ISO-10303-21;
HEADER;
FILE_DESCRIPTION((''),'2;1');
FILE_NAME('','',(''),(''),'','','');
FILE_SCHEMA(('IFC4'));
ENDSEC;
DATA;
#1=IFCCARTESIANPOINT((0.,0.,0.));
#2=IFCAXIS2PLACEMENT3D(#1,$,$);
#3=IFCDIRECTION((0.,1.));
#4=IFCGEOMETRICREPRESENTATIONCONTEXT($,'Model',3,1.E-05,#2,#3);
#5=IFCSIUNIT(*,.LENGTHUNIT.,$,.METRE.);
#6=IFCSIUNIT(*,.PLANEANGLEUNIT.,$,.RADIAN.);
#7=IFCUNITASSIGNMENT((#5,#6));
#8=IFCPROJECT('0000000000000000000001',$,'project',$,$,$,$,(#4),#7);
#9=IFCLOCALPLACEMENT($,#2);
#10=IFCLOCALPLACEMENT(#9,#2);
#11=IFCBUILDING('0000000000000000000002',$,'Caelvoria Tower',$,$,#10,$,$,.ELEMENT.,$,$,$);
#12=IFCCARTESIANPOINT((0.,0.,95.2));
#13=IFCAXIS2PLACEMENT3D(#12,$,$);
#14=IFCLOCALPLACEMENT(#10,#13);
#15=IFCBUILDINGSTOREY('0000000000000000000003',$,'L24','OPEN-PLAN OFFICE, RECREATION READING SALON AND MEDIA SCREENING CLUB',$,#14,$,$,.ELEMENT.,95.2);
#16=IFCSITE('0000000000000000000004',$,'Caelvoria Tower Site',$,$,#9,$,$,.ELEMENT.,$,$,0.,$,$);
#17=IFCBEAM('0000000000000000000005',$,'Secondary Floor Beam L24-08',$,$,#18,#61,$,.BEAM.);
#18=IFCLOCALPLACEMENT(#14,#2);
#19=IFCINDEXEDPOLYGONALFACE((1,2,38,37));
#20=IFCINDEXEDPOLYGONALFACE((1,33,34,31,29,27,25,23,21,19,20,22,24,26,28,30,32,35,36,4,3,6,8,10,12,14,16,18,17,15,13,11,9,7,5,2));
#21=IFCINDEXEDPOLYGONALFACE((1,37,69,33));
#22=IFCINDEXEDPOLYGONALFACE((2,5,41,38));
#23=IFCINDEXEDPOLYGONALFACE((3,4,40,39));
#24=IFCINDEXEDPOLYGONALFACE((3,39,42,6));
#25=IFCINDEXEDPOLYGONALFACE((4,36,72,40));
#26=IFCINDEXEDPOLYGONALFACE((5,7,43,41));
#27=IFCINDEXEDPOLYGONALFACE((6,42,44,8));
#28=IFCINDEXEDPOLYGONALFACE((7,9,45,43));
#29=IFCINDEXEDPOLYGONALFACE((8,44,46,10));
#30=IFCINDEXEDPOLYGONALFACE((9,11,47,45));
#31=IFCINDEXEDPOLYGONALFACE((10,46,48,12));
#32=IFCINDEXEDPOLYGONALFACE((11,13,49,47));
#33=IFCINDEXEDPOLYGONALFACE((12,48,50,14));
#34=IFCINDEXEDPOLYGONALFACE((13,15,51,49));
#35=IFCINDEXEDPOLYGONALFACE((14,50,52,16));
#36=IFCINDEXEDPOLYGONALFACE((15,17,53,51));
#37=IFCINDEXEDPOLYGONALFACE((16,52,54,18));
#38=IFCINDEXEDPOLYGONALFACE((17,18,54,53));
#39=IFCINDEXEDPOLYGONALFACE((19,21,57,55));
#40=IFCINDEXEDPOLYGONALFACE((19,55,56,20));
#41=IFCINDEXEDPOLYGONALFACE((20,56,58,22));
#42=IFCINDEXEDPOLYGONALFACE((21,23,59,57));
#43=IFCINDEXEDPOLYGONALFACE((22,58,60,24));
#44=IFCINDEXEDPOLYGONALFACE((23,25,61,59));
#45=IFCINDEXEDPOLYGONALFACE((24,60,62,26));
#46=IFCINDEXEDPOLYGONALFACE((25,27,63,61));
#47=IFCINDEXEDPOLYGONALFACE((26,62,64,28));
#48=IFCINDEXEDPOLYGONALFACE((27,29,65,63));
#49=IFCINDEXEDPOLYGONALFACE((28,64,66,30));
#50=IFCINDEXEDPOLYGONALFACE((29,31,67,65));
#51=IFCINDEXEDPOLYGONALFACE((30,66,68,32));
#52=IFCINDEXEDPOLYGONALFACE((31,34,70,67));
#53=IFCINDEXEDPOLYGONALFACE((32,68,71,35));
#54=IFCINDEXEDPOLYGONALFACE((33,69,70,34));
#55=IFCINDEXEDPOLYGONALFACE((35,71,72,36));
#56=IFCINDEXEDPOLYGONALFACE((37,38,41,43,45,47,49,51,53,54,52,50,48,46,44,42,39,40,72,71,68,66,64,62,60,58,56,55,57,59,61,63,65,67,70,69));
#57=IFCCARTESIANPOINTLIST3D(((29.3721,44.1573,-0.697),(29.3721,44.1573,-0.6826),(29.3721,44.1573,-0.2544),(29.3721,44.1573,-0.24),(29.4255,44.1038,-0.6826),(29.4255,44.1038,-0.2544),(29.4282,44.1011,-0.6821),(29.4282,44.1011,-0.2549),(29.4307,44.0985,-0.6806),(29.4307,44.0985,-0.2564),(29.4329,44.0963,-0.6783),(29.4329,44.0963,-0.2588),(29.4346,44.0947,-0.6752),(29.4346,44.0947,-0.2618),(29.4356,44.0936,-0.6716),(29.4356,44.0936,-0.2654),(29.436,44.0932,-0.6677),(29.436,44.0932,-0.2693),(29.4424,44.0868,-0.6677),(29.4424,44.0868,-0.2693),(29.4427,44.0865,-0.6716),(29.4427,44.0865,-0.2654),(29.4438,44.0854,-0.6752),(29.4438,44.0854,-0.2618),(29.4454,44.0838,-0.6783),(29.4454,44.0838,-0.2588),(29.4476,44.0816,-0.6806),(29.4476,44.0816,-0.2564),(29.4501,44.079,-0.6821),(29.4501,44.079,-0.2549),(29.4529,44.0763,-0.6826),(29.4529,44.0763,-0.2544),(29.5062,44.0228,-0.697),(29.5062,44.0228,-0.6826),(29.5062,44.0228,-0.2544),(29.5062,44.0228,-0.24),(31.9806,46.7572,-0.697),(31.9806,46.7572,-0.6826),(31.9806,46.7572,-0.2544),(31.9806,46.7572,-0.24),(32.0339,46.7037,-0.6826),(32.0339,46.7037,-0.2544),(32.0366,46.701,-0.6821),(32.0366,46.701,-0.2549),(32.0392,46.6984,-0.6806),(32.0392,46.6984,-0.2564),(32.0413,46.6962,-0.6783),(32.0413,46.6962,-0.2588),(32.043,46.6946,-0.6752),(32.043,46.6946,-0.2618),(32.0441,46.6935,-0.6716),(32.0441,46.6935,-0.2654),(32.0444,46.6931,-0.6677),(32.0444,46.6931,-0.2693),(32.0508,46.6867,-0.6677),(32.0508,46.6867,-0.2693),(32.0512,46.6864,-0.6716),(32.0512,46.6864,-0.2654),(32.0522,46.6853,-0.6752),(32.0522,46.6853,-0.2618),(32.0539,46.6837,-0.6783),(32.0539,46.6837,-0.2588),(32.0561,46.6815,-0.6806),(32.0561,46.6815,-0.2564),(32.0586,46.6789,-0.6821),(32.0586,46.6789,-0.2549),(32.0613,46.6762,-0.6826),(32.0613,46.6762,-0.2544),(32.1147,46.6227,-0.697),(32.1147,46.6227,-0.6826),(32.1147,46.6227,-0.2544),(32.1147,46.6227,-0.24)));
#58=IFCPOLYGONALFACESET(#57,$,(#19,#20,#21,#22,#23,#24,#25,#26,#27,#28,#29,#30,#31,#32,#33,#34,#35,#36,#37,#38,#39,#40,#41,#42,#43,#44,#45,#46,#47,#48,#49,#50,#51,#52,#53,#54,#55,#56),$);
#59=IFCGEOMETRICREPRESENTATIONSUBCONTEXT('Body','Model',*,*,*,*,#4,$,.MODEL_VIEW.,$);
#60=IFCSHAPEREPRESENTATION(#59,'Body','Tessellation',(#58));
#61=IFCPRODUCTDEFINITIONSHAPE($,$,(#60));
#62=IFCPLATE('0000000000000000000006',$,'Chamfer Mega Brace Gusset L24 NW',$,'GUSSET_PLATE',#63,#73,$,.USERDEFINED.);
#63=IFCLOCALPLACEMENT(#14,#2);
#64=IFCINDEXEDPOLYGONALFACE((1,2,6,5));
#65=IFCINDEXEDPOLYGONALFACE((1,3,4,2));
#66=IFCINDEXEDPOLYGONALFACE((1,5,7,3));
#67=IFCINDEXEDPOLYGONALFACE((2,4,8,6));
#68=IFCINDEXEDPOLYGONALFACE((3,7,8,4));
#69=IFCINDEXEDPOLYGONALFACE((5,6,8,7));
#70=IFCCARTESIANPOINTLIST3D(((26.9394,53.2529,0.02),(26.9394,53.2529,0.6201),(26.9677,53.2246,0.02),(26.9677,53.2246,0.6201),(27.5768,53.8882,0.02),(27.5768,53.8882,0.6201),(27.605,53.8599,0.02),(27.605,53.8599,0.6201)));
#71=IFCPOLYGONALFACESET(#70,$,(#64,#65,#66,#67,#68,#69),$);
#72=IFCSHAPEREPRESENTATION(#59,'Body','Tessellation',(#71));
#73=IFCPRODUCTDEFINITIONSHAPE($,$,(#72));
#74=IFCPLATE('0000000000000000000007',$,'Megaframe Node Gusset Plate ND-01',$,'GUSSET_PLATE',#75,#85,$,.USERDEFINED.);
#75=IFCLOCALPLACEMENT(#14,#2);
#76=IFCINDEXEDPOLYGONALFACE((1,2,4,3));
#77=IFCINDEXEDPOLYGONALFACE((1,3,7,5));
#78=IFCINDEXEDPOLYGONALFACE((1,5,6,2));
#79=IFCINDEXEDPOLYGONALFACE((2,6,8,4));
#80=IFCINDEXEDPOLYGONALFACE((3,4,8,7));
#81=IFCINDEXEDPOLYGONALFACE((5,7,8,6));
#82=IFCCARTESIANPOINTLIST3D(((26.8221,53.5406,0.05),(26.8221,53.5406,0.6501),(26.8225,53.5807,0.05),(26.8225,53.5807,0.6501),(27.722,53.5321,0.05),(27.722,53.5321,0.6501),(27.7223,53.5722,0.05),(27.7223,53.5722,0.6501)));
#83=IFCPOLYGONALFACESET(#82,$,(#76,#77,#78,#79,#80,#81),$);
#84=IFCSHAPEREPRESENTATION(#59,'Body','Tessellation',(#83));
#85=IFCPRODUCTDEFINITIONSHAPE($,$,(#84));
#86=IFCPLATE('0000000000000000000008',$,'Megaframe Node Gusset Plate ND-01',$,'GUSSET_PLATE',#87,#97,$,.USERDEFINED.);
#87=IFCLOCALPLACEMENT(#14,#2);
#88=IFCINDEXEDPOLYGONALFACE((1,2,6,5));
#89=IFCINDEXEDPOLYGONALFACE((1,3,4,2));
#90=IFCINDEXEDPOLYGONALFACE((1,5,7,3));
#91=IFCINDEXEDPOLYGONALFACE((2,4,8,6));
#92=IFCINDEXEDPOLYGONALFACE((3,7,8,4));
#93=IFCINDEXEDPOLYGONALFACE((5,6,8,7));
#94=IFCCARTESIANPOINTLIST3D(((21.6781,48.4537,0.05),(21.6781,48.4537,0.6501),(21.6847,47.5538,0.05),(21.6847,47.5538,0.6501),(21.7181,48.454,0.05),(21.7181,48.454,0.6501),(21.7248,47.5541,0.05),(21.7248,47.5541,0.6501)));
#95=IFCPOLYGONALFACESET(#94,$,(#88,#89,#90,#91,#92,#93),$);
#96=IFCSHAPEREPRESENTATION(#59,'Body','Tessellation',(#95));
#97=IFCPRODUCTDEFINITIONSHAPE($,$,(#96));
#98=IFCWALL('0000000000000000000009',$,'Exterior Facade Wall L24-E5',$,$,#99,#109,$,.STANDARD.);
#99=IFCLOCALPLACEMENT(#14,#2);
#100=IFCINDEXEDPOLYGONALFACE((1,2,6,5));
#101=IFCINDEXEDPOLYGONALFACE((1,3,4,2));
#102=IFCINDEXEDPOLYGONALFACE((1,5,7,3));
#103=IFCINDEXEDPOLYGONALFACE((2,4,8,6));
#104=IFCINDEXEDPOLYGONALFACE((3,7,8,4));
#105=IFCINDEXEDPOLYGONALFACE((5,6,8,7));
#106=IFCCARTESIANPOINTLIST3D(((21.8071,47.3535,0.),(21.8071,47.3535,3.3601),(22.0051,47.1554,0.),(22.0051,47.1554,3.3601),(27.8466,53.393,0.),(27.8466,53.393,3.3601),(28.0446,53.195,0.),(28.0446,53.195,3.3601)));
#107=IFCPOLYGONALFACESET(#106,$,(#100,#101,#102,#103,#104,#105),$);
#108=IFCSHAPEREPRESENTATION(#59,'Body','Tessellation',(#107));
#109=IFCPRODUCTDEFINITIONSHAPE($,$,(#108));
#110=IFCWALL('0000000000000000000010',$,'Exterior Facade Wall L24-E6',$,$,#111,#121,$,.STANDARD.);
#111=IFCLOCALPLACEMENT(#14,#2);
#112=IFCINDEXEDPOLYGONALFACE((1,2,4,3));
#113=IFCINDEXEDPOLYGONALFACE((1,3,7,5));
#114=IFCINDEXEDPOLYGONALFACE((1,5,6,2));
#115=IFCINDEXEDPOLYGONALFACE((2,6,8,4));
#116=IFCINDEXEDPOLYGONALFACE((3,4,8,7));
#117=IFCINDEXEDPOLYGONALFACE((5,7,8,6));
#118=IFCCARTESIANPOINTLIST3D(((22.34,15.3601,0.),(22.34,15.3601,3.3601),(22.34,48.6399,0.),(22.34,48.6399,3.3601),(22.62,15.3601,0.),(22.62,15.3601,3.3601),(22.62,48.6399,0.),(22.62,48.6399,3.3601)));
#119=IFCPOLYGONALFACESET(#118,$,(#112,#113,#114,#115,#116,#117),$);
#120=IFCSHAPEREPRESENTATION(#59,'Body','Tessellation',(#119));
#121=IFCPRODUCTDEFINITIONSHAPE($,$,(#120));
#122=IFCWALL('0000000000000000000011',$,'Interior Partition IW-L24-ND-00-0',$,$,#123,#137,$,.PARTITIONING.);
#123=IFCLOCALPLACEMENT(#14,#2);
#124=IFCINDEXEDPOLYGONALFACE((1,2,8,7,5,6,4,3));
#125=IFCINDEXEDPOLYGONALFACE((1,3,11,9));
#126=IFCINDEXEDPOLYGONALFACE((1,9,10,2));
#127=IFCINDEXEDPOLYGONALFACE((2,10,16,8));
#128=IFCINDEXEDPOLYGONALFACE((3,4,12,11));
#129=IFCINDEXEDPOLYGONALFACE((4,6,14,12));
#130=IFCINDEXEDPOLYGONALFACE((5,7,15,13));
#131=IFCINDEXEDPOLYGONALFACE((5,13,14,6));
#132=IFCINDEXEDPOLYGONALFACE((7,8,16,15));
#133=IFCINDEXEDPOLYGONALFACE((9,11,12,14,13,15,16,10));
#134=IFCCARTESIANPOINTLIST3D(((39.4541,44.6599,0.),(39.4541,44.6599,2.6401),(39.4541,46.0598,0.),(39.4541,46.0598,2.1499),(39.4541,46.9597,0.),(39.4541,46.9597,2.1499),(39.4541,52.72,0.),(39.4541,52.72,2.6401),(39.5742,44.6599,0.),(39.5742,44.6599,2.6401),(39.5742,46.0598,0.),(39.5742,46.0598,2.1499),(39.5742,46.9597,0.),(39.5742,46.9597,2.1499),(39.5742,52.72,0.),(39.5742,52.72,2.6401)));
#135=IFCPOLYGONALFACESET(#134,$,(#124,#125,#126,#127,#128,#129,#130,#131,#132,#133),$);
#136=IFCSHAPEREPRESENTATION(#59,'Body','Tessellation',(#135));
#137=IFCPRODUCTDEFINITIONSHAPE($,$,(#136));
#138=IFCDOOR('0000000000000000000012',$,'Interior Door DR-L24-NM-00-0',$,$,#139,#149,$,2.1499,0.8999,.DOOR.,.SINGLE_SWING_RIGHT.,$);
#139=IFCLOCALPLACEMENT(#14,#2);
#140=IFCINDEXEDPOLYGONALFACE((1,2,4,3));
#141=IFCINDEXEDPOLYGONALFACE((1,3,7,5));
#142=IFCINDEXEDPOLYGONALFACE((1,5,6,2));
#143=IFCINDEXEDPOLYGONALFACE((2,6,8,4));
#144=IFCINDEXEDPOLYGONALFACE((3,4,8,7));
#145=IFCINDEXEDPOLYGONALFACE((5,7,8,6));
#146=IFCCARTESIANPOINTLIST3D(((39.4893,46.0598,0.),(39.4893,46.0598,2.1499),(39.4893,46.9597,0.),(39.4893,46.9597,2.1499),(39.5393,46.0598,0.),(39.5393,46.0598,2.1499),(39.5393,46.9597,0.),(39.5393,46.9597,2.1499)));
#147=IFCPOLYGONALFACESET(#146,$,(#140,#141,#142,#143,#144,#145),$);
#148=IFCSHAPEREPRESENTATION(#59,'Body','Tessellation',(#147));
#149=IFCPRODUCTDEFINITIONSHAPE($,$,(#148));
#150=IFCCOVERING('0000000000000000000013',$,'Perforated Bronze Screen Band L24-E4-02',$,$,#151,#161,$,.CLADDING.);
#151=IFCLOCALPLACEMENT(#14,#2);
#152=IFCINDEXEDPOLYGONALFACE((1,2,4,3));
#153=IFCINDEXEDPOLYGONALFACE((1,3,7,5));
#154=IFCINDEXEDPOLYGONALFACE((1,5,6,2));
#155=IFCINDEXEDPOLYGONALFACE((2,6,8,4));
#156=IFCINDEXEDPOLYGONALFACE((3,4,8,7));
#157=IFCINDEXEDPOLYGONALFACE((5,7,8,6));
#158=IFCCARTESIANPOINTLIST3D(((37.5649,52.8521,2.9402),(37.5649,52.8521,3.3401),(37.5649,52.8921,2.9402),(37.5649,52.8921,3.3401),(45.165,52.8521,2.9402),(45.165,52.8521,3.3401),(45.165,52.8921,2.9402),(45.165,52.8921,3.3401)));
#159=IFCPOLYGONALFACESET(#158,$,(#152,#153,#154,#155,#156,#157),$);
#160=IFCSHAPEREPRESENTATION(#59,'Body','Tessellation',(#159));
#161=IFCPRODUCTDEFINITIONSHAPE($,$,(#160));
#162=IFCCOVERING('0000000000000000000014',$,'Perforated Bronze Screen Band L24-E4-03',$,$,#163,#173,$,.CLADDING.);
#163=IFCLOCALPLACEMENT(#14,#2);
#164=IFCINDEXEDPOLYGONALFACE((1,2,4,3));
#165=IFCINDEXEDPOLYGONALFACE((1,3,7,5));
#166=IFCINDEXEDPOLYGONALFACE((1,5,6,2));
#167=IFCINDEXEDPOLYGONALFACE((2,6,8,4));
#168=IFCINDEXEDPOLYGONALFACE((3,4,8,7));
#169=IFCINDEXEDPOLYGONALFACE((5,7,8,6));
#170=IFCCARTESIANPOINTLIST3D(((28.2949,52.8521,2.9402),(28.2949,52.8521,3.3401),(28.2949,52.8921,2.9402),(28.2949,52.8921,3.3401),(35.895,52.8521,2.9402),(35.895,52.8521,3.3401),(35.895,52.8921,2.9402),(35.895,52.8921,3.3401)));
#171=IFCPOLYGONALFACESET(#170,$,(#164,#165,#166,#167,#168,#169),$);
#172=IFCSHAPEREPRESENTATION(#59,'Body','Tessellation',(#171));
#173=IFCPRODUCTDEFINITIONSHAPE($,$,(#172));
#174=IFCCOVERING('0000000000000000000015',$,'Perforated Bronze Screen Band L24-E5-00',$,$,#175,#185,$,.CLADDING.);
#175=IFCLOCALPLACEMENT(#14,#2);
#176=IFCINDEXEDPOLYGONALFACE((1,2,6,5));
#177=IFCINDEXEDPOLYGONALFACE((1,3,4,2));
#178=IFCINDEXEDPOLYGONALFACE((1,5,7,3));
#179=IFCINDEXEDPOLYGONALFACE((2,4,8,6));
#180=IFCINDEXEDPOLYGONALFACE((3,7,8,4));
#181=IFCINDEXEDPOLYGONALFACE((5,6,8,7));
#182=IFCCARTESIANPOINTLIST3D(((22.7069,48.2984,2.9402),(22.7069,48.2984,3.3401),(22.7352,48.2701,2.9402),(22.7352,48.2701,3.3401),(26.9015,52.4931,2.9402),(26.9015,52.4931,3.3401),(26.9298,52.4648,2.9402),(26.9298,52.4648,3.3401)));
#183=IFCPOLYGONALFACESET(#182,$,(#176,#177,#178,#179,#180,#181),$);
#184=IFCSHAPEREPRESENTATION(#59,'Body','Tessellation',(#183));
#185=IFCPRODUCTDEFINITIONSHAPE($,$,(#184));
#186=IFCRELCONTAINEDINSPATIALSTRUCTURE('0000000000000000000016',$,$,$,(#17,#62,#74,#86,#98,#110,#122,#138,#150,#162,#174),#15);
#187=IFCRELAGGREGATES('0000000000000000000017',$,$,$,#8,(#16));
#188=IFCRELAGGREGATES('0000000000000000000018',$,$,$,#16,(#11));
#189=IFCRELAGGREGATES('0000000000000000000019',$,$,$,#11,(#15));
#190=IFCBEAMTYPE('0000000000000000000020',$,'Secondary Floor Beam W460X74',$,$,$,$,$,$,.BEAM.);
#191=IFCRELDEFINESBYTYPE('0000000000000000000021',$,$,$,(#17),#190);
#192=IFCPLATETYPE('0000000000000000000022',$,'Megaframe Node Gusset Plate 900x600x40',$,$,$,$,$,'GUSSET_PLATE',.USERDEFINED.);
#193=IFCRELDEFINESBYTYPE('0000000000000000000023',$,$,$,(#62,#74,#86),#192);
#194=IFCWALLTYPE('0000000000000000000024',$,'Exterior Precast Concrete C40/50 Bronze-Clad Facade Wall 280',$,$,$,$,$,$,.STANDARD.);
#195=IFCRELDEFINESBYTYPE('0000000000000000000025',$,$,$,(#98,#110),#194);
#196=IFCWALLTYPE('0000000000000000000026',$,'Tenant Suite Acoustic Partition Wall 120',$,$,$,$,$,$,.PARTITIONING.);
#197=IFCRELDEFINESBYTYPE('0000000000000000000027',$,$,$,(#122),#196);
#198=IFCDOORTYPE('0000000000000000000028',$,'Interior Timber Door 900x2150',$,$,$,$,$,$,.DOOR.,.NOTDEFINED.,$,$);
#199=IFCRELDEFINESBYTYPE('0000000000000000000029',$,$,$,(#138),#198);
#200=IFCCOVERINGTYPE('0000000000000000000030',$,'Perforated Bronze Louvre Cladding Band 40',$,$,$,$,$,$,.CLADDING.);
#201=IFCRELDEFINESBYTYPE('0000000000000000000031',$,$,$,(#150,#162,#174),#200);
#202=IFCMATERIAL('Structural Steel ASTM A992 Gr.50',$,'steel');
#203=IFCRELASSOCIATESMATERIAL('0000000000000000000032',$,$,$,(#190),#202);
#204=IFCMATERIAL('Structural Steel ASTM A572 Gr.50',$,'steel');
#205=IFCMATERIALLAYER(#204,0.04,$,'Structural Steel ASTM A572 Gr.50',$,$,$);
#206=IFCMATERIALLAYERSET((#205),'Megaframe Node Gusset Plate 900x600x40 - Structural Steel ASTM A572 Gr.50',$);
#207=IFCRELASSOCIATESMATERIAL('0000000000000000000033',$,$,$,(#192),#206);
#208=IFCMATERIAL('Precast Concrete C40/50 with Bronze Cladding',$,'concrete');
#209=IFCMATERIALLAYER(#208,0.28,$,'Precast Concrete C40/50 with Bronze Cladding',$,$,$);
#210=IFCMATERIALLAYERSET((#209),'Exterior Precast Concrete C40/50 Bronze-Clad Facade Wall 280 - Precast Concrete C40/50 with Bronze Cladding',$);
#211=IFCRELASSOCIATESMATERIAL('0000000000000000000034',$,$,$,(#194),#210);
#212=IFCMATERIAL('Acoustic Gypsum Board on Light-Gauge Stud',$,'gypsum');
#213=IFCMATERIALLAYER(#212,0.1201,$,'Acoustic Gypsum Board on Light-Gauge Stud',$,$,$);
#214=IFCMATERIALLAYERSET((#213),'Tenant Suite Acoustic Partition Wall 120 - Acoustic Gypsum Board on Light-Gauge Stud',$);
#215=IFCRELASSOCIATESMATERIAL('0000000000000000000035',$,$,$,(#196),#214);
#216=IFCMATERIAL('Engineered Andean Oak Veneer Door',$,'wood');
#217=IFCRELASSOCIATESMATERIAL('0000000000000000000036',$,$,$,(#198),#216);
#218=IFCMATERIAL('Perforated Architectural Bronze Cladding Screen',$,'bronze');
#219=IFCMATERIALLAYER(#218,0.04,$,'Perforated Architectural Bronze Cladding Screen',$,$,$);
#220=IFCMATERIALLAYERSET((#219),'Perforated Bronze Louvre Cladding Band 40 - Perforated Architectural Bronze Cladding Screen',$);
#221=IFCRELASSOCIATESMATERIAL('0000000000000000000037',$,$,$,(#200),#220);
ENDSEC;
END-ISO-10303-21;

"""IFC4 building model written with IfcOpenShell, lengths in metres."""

from ifc_helpers import new_model, si_unit, direction, frame, frame_2d, origin, origin_2d, place, context, subcontext, project, spatial, rectangle, i_section, extrude, material, layer, layer_set, material_profile, profile_set, type_object, element, fill, save


model = new_model("IFC4")

# Units and contexts
model_context = context("Model", 3, precision=1e-05, world=origin(), true_north=direction((0.0, 1.0)))
body_context = subcontext(model_context, "Body", "Model", "MODEL_VIEW")
ifc_project = project(units=[si_unit("LENGTHUNIT", "METRE"), si_unit("PLANEANGLEUNIT", "RADIAN")], contexts=[model_context])

# Site, building, storey
site_placement = place(None, origin())
site = spatial("IfcSite", under=ifc_project, at=site_placement, Name="Caelvoria Tower Site", CompositionType="ELEMENT", RefElevation=0.0)
building_placement = place(site_placement, origin())
building = spatial("IfcBuilding", under=site, at=building_placement, Name="Caelvoria Tower", CompositionType="ELEMENT")
storey_placement = place(building_placement, frame((0.0, 0.0, 95.2)))
storey = spatial("IfcBuildingStorey", under=building, at=storey_placement, Name="L24", Description="OPEN-PLAN OFFICE, RECREATION READING SALON AND MEDIA SCREENING CLUB", CompositionType="ELEMENT", Elevation=95.2)

# Shared definitions
ifc_material_1 = material(Name="Structural Steel ASTM A572 Gr.50", Category="steel")

# Beam
ifc_material_2 = material(Name="Structural Steel ASTM A992 Gr.50", Category="steel")
ifc_material_profile_1 = material_profile(ifc_material_2, i_section(OverallWidth=0.1899, OverallDepth=0.457, WebThickness=0.009, FlangeThickness=0.0144, FilletRadius=0.0149, at=origin_2d()), Name="Structural Steel ASTM A992 Gr.50")
ifc_profile_set_1 = profile_set([ifc_material_profile_1], Name="W460X74 - Structural Steel ASTM A992 Gr.50")
beam_type_1 = type_object("IfcBeamType", Name="Secondary Floor Beam W460X74", PredefinedType="BEAM", material=ifc_profile_set_1)
beam_1_placement = place(storey_placement, frame((32.0476, 46.6899, -0.4685), z_axis=(-0.708266, -0.705946, 0.0), x_axis=(0.705946, -0.708266, 0.0)))
element("IfcBeam", 1, at=beam_1_placement, inside=storey, type_object=beam_type_1, Name="Secondary Floor Beam L24-08", PredefinedType="BEAM", context=body_context, shape_type="SweptSolid", body=[
    extrude(i_section(OverallWidth=0.1899, OverallDepth=0.457, WebThickness=0.009, FlangeThickness=0.0144, FilletRadius=0.0149, at=origin_2d()), origin(), (0.0, 0.0, 1.0), 3.6829),
])

# Plates
ifc_layer_1 = layer(ifc_material_1, 0.04, Name="Structural Steel ASTM A572 Gr.50")
ifc_layer_set_1 = layer_set([ifc_layer_1], Name="Megaframe Node Gusset Plate 900x600x40 - Structural Steel ASTM A572 Gr.50")
plate_type = type_object("IfcPlateType", Name="Megaframe Node Gusset Plate 900x600x40", ElementType="GUSSET_PLATE", PredefinedType="USERDEFINED", material=ifc_layer_set_1)
for number, where, z_axis, x_axis, name in (
    (2, (27.2722, 53.5564, 0.02), (0.0, 0.0, 1.0), (-0.708276, -0.705936, 0.0), "Chamfer Mega Brace Gusset L24 NW"),
    (3, (27.2722, 53.5564, 0.05), (0.0, 0.0, 1.0), (0.999956, -0.009425, 0.0), "Megaframe Node Gusset Plate ND-01"),
    (4, (21.7014, 48.0039, 0.05), (0.0, 0.0, 1.0), (0.007416, -0.999973, 0.0), "Megaframe Node Gusset Plate ND-01"),
):
    element("IfcPlate", number, at=place(storey_placement, frame(where, z_axis=z_axis, x_axis=x_axis)), inside=storey, type_object=plate_type, Name=name, ObjectType="GUSSET_PLATE", PredefinedType="USERDEFINED", context=body_context, shape_type="SweptSolid", body=[
        extrude(rectangle(XDim=0.8999, YDim=0.04, at=origin_2d()), origin(), (0.0, 0.0, 1.0), 0.6001),
    ])

# Walls
ifc_material_3 = material(Name="Precast Concrete C40/50 with Bronze Cladding", Category="concrete")
ifc_layer_2 = layer(ifc_material_3, 0.28, Name="Precast Concrete C40/50 with Bronze Cladding")
ifc_layer_set_2 = layer_set([ifc_layer_2], Name="Exterior Precast Concrete C40/50 Bronze-Clad Facade Wall 280 - Precast Concrete C40/50 with Bronze Cladding")
wall_type_1 = type_object("IfcWallType", Name="Exterior Precast Concrete C40/50 Bronze-Clad Facade Wall 280", PredefinedType="STANDARD", material=ifc_layer_set_2)
wall_1_placement = place(storey_placement, frame((27.9456, 53.2939, 0.0), z_axis=(0.0, 0.0, 1.0), x_axis=(-0.707107, -0.707107, 0.0)))
element("IfcWall", 5, at=wall_1_placement, inside=storey, type_object=wall_type_1, Name="Exterior Facade Wall L24-E5", PredefinedType="STANDARD", context=body_context, shape_type="SweptSolid", body=[
    extrude(rectangle(XDim=8.5413, YDim=0.28, at=frame_2d((4.2705, 0.0))), origin(), (0.0, 0.0, 1.0), 3.3601),
])
wall_2_placement = place(storey_placement, frame((22.48, 48.6399, 0.0), z_axis=(0.0, 0.0, 1.0), x_axis=(0.0, -1.0, 0.0)))
element("IfcWall", 6, at=wall_2_placement, inside=storey, type_object=wall_type_1, Name="Exterior Facade Wall L24-E6", PredefinedType="STANDARD", context=body_context, shape_type="SweptSolid", body=[
    extrude(rectangle(XDim=33.2798, YDim=0.28, at=frame_2d((16.6399, 0.0))), origin(), (0.0, 0.0, 1.0), 3.3601),
])

# Wall, opening, door
ifc_material_4 = material(Name="Acoustic Gypsum Board on Light-Gauge Stud", Category="gypsum")
ifc_layer_3 = layer(ifc_material_4, 0.1201, Name="Acoustic Gypsum Board on Light-Gauge Stud")
ifc_layer_set_3 = layer_set([ifc_layer_3], Name="Tenant Suite Acoustic Partition Wall 120 - Acoustic Gypsum Board on Light-Gauge Stud")
wall_type_2 = type_object("IfcWallType", Name="Tenant Suite Acoustic Partition Wall 120", PredefinedType="PARTITIONING", material=ifc_layer_set_3)
wall_3_placement = place(storey_placement, frame((39.5142, 44.6599, 0.0), z_axis=(0.0, 0.0, 1.0), x_axis=(0.0, 1.0, 0.0)))
wall_3 = element("IfcWall", 7, at=wall_3_placement, inside=storey, type_object=wall_type_2, Name="Interior Partition IW-L24-ND-00-0", PredefinedType="PARTITIONING", context=body_context, shape_type="SweptSolid", body=[
    extrude(rectangle(XDim=8.0601, YDim=0.1201, at=frame_2d((4.03, 0.0))), origin(), (0.0, 0.0, 1.0), 2.6401),
])
opening_placement = place(wall_3_placement, frame((1.3999, 0.0, 0.0)))
opening = element("IfcOpeningElement", 8, at=opening_placement, cuts=wall_3, PredefinedType="OPENING", context=body_context, shape_type="SweptSolid", body=[
    extrude(rectangle(XDim=0.8999, YDim=2.1499, at=frame_2d((0.45, 1.075))), frame((0.0, 0.0701, 0.0), z_axis=(0.0, -1.0, 0.0), x_axis=(1.0, 0.0, 0.0)), (0.0, 0.0, 1.0), 0.1401),
])
ifc_material_5 = material(Name="Engineered Andean Oak Veneer Door", Category="wood")
door_type = type_object("IfcDoorType", Name="Interior Timber Door 900x2150", OperationType="NOTDEFINED", PredefinedType="DOOR", material=ifc_material_5)
door_placement = place(opening_placement, origin())
door = element("IfcDoor", 9, at=door_placement, inside=storey, type_object=door_type, Name="Interior Door DR-L24-NM-00-0", OperationType="SINGLE_SWING_RIGHT", OverallHeight=2.1499, OverallWidth=0.8999, PredefinedType="DOOR", context=body_context, shape_type="SweptSolid", body=[
    extrude(rectangle(XDim=0.8999, YDim=2.1499, at=frame_2d((0.45, 1.075))), frame((0.0, 0.0249, 0.0), z_axis=(0.0, -1.0, 0.0), x_axis=(1.0, 0.0, 0.0)), (0.0, 0.0, 1.0), 0.05),
])
fill(opening, door)

# Coverings
ifc_material_6 = material(Name="Perforated Architectural Bronze Cladding Screen", Category="bronze")
ifc_layer_4 = layer(ifc_material_6, 0.04, Name="Perforated Architectural Bronze Cladding Screen")
ifc_layer_set_4 = layer_set([ifc_layer_4], Name="Perforated Bronze Louvre Cladding Band 40 - Perforated Architectural Bronze Cladding Screen")
covering_type = type_object("IfcCoveringType", Name="Perforated Bronze Louvre Cladding Band 40", PredefinedType="CLADDING", material=ifc_layer_set_4)
for number, where, z_axis, x_axis, name in (
    (10, (41.365, 52.8721, 2.9402), (0.0, 0.0, 1.0), (-1.0, 0.0, 0.0), "Perforated Bronze Screen Band L24-E4-02"),
    (11, (32.095, 52.8721, 2.9402), (0.0, 0.0, 1.0), (-1.0, 0.0, 0.0), "Perforated Bronze Screen Band L24-E4-03"),
):
    element("IfcCovering", number, at=place(storey_placement, frame(where, z_axis=z_axis, x_axis=x_axis)), inside=storey, type_object=covering_type, Name=name, PredefinedType="CLADDING", context=body_context, shape_type="SweptSolid", body=[
        extrude(rectangle(XDim=7.6001, YDim=0.04, at=origin_2d()), origin(), (0.0, 0.0, 1.0), 0.3999),
    ])
covering_placement = place(storey_placement, frame((24.8184, 50.3816, 2.9402), z_axis=(0.0, 0.0, 1.0), x_axis=(-0.707107, -0.707107, 0.0)))
element("IfcCovering", 12, at=covering_placement, inside=storey, type_object=covering_type, Name="Perforated Bronze Screen Band L24-E5-00", PredefinedType="CLADDING", context=body_context, shape_type="SweptSolid", body=[
    extrude(rectangle(XDim=5.9321, YDim=0.04, at=origin_2d()), origin(), (0.0, 0.0, 1.0), 0.3999),
])

save(model, "model.ifc")
